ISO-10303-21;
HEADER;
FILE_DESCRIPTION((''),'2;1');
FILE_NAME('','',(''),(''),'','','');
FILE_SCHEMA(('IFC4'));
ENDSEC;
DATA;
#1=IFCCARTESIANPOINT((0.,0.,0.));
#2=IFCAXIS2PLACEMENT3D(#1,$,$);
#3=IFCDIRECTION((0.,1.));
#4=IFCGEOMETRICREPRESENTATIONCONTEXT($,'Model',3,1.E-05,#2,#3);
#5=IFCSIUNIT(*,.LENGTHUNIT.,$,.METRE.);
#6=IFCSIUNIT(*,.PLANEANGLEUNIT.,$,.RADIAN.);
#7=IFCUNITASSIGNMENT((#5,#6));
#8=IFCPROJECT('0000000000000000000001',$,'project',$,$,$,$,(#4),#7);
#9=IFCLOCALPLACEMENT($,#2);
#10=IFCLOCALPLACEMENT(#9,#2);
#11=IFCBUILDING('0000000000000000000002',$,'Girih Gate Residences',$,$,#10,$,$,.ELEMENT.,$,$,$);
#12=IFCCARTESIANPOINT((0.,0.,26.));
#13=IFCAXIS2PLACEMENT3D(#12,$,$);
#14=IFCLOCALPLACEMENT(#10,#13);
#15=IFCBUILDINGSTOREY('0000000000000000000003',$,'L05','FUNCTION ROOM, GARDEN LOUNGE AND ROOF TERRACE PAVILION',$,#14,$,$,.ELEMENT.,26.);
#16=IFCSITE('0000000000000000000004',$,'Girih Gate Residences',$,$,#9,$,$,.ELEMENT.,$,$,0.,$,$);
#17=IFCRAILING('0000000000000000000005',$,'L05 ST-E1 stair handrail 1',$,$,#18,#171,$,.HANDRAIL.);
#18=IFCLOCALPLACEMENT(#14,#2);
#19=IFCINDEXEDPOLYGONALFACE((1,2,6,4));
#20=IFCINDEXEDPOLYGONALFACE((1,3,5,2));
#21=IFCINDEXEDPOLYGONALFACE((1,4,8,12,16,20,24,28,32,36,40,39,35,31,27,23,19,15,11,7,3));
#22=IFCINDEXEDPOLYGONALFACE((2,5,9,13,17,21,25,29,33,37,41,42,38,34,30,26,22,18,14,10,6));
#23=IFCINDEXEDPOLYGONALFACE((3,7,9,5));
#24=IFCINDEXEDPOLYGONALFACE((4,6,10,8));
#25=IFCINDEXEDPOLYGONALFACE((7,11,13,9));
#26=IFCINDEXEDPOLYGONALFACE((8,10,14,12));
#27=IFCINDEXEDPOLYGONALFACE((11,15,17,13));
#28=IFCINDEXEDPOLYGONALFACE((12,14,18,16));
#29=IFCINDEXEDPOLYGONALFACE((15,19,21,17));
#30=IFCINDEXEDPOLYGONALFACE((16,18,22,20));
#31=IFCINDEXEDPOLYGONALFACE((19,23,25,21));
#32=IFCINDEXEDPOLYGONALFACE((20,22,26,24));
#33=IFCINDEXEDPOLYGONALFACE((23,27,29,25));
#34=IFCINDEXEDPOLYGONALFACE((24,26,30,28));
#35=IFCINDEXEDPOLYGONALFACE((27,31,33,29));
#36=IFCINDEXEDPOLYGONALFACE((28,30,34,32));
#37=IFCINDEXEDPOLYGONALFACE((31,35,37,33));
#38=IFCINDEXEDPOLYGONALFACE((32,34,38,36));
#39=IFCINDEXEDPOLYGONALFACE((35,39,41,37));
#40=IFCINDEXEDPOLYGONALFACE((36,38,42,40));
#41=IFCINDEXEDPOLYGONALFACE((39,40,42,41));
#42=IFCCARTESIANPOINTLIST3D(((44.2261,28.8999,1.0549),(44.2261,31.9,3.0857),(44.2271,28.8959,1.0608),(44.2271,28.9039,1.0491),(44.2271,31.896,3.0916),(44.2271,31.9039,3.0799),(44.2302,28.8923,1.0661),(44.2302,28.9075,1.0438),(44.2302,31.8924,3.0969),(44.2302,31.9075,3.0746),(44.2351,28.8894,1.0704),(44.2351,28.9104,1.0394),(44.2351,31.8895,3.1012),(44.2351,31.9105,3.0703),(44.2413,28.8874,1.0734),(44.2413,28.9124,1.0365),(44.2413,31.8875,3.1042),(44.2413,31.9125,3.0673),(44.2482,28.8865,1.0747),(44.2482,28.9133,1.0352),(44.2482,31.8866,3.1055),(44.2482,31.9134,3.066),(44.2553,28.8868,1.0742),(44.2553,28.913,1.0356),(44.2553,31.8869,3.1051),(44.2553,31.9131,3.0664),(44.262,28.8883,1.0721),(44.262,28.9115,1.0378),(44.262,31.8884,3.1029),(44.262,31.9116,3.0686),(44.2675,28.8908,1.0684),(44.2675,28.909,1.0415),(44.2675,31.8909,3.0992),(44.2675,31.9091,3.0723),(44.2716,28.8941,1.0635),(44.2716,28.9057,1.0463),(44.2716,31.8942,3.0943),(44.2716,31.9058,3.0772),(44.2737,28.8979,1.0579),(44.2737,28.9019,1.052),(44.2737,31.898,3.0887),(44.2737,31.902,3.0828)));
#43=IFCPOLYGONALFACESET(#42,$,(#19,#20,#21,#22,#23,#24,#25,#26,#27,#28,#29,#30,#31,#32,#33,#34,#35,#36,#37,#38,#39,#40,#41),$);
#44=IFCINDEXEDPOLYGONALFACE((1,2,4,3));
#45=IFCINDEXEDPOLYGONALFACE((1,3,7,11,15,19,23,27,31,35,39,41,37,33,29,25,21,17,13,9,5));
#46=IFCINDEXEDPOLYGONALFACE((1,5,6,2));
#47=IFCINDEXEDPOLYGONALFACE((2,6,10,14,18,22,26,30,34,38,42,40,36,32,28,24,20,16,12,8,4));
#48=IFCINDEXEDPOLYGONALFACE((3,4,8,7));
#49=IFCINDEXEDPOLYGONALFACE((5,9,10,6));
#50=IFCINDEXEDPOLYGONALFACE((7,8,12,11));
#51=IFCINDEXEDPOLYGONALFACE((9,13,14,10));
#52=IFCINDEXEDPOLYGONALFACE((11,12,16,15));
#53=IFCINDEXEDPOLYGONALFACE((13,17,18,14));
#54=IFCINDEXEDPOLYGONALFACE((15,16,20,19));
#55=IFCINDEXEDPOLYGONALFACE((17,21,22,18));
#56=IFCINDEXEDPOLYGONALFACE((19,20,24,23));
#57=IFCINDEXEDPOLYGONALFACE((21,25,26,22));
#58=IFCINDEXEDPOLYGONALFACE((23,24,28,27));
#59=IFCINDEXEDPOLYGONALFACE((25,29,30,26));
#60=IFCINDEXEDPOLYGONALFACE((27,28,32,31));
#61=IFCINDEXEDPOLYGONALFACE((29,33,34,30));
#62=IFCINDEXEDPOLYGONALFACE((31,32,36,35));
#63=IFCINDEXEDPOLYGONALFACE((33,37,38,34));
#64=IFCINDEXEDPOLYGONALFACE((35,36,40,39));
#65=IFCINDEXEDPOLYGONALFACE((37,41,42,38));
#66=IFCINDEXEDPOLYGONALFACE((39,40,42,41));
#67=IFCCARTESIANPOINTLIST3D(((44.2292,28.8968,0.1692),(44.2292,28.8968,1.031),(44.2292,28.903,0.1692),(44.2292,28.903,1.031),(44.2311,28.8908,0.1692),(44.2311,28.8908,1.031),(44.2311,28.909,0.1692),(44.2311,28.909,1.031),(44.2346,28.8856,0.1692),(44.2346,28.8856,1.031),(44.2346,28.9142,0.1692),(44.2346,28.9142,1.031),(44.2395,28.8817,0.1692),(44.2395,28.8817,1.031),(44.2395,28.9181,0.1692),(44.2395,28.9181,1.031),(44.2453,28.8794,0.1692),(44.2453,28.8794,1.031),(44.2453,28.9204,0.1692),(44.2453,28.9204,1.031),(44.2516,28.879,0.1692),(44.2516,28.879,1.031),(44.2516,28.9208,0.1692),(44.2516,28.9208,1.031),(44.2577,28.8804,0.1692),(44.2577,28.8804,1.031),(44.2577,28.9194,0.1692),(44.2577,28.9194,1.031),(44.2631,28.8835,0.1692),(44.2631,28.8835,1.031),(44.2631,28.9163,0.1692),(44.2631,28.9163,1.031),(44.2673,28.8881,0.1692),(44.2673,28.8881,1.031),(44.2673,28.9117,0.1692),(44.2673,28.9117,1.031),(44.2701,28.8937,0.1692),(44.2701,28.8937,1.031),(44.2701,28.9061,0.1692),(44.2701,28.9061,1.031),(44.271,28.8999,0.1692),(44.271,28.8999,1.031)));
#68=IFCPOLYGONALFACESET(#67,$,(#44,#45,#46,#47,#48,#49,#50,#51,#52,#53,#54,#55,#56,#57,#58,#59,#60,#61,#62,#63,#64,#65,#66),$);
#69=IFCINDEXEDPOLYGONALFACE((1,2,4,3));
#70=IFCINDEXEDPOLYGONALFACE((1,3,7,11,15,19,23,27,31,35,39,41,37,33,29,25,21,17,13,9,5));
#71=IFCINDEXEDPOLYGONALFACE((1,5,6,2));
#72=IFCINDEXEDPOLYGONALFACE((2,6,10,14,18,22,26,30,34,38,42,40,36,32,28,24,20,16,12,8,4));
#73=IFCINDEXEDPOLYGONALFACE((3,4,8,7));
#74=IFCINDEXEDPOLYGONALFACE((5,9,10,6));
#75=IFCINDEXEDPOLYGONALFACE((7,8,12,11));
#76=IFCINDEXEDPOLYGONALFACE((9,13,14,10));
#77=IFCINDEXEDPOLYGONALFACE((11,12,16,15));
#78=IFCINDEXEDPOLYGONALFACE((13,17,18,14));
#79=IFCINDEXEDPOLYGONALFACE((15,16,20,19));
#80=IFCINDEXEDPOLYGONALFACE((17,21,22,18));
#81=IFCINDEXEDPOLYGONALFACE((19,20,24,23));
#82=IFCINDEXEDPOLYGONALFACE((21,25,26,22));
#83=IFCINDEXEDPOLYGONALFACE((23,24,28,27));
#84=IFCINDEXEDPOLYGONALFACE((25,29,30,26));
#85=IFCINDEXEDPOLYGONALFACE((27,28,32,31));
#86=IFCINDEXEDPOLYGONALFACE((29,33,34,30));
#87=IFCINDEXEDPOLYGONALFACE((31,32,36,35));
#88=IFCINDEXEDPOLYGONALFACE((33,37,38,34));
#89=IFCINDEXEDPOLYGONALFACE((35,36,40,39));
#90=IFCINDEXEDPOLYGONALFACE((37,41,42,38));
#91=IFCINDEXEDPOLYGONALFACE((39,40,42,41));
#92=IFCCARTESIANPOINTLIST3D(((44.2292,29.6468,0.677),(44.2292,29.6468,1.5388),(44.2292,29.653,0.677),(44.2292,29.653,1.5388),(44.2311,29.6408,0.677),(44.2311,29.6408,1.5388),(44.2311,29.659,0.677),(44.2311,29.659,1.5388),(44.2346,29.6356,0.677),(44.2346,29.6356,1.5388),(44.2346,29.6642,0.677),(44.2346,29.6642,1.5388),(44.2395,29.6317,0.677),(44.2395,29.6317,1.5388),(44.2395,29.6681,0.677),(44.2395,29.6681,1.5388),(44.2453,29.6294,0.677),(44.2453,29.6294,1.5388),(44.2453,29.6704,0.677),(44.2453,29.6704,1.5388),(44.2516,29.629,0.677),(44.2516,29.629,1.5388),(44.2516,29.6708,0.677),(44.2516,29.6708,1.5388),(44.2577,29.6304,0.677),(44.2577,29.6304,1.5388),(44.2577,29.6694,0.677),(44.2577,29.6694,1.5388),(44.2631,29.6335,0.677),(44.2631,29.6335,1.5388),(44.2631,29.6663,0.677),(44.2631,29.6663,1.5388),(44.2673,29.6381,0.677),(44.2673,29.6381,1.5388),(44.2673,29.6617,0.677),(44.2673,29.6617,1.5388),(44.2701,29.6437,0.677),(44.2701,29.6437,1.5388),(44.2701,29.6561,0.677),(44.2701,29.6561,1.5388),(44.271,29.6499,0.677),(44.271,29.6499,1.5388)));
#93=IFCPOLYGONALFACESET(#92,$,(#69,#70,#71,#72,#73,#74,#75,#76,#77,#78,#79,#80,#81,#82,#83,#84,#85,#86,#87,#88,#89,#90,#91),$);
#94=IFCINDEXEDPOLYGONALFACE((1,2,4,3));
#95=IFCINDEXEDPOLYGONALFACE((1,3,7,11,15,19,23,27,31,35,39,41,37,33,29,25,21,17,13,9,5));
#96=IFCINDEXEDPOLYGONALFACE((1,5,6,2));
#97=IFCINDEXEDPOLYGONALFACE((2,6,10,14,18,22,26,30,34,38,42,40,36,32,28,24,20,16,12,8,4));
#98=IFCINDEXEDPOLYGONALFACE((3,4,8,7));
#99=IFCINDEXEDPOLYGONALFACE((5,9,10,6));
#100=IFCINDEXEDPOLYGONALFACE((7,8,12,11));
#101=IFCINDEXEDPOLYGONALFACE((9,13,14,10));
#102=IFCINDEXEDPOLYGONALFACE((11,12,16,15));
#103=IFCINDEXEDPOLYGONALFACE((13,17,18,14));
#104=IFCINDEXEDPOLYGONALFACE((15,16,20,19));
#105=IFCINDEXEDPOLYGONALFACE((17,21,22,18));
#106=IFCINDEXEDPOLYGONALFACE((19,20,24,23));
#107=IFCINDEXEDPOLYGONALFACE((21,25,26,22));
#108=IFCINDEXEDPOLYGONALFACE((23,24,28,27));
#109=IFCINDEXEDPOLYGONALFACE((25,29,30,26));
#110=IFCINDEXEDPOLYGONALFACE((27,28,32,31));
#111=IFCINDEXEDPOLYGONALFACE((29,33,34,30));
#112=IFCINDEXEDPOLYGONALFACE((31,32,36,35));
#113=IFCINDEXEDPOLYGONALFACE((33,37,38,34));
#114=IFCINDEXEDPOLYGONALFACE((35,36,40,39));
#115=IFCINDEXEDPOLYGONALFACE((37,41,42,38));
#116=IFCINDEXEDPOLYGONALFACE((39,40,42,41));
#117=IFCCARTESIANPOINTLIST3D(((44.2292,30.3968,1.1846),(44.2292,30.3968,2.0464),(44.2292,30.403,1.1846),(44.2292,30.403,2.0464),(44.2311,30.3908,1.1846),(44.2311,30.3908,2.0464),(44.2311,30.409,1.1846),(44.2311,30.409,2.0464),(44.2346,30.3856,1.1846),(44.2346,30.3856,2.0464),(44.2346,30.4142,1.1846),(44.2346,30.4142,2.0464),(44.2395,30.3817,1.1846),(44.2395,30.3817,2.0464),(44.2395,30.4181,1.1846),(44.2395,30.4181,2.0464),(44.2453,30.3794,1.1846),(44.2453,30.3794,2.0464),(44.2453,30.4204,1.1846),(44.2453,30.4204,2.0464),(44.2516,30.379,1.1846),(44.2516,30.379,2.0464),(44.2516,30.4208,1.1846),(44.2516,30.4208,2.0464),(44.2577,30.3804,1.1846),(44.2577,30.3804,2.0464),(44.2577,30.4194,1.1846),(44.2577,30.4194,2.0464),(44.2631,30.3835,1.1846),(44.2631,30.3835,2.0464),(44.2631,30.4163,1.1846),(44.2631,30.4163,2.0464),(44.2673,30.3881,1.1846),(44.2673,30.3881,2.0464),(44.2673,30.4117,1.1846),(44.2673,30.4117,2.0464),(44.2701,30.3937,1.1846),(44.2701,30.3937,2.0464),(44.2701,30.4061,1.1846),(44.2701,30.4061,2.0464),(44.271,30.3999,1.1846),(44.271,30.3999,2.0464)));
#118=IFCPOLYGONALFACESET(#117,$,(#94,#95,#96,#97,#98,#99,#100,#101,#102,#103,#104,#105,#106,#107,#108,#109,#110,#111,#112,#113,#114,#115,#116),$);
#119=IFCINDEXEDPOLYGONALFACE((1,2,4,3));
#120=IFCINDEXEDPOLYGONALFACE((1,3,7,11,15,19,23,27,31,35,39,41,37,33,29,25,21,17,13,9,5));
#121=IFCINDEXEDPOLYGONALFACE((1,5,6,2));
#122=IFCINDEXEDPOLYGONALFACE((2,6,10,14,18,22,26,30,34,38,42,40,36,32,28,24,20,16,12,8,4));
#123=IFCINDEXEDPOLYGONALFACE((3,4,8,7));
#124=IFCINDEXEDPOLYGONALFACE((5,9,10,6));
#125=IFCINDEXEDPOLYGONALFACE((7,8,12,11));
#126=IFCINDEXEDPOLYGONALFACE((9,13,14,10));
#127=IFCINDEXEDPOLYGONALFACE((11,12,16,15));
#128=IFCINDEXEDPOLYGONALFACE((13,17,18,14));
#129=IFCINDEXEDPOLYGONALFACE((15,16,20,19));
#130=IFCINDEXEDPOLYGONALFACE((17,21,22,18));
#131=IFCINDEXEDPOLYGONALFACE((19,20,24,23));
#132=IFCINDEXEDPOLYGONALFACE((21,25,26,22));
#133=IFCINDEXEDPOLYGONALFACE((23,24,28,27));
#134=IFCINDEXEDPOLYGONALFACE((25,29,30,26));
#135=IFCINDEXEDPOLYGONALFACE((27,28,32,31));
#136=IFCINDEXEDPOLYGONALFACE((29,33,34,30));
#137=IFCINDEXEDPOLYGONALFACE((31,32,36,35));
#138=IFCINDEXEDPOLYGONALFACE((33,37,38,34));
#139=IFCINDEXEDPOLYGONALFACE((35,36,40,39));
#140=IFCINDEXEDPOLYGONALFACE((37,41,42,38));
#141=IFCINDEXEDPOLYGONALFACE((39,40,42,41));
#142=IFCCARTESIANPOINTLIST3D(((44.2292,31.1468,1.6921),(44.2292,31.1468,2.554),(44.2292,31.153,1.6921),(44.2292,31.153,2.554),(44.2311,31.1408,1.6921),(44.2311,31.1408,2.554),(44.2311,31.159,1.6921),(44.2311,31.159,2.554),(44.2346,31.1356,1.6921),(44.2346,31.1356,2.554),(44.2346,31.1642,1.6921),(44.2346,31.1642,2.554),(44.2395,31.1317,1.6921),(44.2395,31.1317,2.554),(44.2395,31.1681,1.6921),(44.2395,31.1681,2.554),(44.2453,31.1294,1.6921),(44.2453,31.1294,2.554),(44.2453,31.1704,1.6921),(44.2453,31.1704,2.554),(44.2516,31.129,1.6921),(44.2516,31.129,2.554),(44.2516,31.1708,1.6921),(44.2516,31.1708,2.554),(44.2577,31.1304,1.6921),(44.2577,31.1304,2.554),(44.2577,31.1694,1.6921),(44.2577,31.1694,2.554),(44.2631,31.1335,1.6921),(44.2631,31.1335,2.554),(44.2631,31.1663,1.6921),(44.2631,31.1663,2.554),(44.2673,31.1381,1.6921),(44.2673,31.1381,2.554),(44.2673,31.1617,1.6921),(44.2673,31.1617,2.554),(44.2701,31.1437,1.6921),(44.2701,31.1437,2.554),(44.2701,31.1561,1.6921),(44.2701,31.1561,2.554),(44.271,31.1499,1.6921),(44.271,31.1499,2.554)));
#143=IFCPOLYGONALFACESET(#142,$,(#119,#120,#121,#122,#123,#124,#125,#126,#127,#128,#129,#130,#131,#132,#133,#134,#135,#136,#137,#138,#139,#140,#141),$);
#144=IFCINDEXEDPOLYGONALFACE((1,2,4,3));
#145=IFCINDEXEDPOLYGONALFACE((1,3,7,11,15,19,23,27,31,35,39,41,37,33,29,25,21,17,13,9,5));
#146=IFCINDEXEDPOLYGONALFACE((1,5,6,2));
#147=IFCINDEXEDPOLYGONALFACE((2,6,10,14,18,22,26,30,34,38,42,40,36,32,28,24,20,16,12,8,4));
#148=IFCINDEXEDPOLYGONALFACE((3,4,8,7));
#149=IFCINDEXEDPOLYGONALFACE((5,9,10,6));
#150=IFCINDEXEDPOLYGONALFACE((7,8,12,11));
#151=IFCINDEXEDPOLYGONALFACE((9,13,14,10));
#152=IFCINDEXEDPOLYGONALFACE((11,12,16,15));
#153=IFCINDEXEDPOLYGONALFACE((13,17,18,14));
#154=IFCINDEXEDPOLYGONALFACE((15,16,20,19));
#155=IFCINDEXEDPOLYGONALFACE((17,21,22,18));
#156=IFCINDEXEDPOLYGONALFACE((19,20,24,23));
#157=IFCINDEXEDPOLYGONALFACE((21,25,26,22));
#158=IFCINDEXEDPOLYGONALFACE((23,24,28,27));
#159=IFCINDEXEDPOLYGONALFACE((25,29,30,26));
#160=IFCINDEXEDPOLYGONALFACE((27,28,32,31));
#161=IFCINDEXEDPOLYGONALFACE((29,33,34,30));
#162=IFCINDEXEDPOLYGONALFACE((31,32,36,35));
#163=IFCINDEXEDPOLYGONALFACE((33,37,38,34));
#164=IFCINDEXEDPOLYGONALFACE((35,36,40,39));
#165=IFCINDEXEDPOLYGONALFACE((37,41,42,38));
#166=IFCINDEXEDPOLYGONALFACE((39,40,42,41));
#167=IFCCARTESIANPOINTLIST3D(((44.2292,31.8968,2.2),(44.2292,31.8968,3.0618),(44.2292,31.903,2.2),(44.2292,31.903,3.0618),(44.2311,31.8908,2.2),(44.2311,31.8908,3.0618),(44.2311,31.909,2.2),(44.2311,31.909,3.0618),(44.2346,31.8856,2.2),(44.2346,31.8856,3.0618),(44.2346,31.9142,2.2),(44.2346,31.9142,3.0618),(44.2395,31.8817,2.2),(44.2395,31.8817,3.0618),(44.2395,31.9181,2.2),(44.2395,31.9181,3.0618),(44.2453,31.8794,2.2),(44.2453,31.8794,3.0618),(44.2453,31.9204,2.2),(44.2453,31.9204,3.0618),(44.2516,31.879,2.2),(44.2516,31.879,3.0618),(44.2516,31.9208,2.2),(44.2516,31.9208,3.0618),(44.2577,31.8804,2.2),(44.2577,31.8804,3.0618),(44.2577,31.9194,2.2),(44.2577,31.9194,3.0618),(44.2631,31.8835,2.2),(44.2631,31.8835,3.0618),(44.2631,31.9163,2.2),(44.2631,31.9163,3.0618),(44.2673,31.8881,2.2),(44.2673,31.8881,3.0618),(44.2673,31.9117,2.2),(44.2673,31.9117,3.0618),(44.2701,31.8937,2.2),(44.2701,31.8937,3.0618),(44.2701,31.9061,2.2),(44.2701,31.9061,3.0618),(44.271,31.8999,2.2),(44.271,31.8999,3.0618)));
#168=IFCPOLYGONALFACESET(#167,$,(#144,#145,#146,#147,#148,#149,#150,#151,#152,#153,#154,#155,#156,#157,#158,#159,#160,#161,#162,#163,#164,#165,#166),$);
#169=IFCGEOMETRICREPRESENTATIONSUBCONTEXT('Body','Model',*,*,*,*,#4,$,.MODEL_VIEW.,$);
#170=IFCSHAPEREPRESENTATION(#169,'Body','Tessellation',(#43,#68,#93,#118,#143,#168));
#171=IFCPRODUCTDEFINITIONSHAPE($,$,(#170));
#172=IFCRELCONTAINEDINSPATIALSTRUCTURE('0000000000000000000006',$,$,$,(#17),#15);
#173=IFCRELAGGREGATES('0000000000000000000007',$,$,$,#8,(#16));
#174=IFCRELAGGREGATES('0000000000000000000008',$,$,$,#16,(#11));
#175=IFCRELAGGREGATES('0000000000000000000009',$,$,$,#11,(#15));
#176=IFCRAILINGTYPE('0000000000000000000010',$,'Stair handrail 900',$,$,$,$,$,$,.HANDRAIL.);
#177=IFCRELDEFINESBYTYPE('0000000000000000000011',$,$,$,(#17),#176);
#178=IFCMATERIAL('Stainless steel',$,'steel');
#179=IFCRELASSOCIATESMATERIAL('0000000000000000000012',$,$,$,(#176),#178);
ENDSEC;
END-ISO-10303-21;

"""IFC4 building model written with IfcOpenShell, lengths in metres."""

from ifc_helpers import new_model, si_unit, direction, frame, origin, origin_2d, place, context, subcontext, project, spatial, circle, extrude, material, type_object, element, save


model = new_model("IFC4")

# Units and contexts
model_context = context("Model", 3, precision=1e-05, world=origin(), true_north=direction((0.0, 1.0)))
body_context = subcontext(model_context, "Body", "Model", "MODEL_VIEW")
ifc_project = project(units=[si_unit("LENGTHUNIT", "METRE"), si_unit("PLANEANGLEUNIT", "RADIAN")], contexts=[model_context])

# Site, building, storey
site_placement = place(None, origin())
site = spatial("IfcSite", under=ifc_project, at=site_placement, Name="Girih Gate Residences", CompositionType="ELEMENT", RefElevation=0.0)
building_placement = place(site_placement, origin())
building = spatial("IfcBuilding", under=site, at=building_placement, Name="Girih Gate Residences", CompositionType="ELEMENT")
storey_placement = place(building_placement, frame((0.0, 0.0, 26.0)))
storey = spatial("IfcBuildingStorey", under=building, at=storey_placement, Name="L05", Description="FUNCTION ROOM, GARDEN LOUNGE AND ROOF TERRACE PAVILION", CompositionType="ELEMENT", Elevation=26.0)

# Shared definitions
ifc_material_1 = material(Name="Stainless steel", Category="steel")

# Railing
railing_type_1 = type_object("IfcRailingType", Name="Stair handrail 900", PredefinedType="HANDRAIL", material=ifc_material_1)
railing_placement = place(storey_placement, frame((44.25, 28.8999, 0.1692)))
element("IfcRailing", 1, at=railing_placement, inside=storey, type_object=railing_type_1, Name="L05 ST-E1 stair handrail 1", PredefinedType="HANDRAIL", context=body_context, shape_type="SweptSolid", body=[
    extrude(circle(Radius=0.0239, at=origin_2d()), frame((0.0, 0.0, 0.8857), z_axis=(0.0, 0.82811, 0.560565), x_axis=(-1.0, 0.0, 0.0)), (0.0, 0.0, 1.0), 3.6228),
    extrude(circle(Radius=0.021, at=origin_2d()), origin(), (0.0, 0.0, 1.0), 0.8618),
    extrude(circle(Radius=0.021, at=origin_2d()), frame((0.0, 0.75, 0.5078)), (0.0, 0.0, 1.0), 0.8618),
    extrude(circle(Radius=0.021, at=origin_2d()), frame((0.0, 1.5, 1.0154)), (0.0, 0.0, 1.0), 0.8618),
    extrude(circle(Radius=0.021, at=origin_2d()), frame((0.0, 2.25, 1.5229)), (0.0, 0.0, 1.0), 0.8618),
    extrude(circle(Radius=0.021, at=origin_2d()), frame((0.0, 3.0, 2.0308)), (0.0, 0.0, 1.0), 0.8618),
])

save(model, "model.ifc")
